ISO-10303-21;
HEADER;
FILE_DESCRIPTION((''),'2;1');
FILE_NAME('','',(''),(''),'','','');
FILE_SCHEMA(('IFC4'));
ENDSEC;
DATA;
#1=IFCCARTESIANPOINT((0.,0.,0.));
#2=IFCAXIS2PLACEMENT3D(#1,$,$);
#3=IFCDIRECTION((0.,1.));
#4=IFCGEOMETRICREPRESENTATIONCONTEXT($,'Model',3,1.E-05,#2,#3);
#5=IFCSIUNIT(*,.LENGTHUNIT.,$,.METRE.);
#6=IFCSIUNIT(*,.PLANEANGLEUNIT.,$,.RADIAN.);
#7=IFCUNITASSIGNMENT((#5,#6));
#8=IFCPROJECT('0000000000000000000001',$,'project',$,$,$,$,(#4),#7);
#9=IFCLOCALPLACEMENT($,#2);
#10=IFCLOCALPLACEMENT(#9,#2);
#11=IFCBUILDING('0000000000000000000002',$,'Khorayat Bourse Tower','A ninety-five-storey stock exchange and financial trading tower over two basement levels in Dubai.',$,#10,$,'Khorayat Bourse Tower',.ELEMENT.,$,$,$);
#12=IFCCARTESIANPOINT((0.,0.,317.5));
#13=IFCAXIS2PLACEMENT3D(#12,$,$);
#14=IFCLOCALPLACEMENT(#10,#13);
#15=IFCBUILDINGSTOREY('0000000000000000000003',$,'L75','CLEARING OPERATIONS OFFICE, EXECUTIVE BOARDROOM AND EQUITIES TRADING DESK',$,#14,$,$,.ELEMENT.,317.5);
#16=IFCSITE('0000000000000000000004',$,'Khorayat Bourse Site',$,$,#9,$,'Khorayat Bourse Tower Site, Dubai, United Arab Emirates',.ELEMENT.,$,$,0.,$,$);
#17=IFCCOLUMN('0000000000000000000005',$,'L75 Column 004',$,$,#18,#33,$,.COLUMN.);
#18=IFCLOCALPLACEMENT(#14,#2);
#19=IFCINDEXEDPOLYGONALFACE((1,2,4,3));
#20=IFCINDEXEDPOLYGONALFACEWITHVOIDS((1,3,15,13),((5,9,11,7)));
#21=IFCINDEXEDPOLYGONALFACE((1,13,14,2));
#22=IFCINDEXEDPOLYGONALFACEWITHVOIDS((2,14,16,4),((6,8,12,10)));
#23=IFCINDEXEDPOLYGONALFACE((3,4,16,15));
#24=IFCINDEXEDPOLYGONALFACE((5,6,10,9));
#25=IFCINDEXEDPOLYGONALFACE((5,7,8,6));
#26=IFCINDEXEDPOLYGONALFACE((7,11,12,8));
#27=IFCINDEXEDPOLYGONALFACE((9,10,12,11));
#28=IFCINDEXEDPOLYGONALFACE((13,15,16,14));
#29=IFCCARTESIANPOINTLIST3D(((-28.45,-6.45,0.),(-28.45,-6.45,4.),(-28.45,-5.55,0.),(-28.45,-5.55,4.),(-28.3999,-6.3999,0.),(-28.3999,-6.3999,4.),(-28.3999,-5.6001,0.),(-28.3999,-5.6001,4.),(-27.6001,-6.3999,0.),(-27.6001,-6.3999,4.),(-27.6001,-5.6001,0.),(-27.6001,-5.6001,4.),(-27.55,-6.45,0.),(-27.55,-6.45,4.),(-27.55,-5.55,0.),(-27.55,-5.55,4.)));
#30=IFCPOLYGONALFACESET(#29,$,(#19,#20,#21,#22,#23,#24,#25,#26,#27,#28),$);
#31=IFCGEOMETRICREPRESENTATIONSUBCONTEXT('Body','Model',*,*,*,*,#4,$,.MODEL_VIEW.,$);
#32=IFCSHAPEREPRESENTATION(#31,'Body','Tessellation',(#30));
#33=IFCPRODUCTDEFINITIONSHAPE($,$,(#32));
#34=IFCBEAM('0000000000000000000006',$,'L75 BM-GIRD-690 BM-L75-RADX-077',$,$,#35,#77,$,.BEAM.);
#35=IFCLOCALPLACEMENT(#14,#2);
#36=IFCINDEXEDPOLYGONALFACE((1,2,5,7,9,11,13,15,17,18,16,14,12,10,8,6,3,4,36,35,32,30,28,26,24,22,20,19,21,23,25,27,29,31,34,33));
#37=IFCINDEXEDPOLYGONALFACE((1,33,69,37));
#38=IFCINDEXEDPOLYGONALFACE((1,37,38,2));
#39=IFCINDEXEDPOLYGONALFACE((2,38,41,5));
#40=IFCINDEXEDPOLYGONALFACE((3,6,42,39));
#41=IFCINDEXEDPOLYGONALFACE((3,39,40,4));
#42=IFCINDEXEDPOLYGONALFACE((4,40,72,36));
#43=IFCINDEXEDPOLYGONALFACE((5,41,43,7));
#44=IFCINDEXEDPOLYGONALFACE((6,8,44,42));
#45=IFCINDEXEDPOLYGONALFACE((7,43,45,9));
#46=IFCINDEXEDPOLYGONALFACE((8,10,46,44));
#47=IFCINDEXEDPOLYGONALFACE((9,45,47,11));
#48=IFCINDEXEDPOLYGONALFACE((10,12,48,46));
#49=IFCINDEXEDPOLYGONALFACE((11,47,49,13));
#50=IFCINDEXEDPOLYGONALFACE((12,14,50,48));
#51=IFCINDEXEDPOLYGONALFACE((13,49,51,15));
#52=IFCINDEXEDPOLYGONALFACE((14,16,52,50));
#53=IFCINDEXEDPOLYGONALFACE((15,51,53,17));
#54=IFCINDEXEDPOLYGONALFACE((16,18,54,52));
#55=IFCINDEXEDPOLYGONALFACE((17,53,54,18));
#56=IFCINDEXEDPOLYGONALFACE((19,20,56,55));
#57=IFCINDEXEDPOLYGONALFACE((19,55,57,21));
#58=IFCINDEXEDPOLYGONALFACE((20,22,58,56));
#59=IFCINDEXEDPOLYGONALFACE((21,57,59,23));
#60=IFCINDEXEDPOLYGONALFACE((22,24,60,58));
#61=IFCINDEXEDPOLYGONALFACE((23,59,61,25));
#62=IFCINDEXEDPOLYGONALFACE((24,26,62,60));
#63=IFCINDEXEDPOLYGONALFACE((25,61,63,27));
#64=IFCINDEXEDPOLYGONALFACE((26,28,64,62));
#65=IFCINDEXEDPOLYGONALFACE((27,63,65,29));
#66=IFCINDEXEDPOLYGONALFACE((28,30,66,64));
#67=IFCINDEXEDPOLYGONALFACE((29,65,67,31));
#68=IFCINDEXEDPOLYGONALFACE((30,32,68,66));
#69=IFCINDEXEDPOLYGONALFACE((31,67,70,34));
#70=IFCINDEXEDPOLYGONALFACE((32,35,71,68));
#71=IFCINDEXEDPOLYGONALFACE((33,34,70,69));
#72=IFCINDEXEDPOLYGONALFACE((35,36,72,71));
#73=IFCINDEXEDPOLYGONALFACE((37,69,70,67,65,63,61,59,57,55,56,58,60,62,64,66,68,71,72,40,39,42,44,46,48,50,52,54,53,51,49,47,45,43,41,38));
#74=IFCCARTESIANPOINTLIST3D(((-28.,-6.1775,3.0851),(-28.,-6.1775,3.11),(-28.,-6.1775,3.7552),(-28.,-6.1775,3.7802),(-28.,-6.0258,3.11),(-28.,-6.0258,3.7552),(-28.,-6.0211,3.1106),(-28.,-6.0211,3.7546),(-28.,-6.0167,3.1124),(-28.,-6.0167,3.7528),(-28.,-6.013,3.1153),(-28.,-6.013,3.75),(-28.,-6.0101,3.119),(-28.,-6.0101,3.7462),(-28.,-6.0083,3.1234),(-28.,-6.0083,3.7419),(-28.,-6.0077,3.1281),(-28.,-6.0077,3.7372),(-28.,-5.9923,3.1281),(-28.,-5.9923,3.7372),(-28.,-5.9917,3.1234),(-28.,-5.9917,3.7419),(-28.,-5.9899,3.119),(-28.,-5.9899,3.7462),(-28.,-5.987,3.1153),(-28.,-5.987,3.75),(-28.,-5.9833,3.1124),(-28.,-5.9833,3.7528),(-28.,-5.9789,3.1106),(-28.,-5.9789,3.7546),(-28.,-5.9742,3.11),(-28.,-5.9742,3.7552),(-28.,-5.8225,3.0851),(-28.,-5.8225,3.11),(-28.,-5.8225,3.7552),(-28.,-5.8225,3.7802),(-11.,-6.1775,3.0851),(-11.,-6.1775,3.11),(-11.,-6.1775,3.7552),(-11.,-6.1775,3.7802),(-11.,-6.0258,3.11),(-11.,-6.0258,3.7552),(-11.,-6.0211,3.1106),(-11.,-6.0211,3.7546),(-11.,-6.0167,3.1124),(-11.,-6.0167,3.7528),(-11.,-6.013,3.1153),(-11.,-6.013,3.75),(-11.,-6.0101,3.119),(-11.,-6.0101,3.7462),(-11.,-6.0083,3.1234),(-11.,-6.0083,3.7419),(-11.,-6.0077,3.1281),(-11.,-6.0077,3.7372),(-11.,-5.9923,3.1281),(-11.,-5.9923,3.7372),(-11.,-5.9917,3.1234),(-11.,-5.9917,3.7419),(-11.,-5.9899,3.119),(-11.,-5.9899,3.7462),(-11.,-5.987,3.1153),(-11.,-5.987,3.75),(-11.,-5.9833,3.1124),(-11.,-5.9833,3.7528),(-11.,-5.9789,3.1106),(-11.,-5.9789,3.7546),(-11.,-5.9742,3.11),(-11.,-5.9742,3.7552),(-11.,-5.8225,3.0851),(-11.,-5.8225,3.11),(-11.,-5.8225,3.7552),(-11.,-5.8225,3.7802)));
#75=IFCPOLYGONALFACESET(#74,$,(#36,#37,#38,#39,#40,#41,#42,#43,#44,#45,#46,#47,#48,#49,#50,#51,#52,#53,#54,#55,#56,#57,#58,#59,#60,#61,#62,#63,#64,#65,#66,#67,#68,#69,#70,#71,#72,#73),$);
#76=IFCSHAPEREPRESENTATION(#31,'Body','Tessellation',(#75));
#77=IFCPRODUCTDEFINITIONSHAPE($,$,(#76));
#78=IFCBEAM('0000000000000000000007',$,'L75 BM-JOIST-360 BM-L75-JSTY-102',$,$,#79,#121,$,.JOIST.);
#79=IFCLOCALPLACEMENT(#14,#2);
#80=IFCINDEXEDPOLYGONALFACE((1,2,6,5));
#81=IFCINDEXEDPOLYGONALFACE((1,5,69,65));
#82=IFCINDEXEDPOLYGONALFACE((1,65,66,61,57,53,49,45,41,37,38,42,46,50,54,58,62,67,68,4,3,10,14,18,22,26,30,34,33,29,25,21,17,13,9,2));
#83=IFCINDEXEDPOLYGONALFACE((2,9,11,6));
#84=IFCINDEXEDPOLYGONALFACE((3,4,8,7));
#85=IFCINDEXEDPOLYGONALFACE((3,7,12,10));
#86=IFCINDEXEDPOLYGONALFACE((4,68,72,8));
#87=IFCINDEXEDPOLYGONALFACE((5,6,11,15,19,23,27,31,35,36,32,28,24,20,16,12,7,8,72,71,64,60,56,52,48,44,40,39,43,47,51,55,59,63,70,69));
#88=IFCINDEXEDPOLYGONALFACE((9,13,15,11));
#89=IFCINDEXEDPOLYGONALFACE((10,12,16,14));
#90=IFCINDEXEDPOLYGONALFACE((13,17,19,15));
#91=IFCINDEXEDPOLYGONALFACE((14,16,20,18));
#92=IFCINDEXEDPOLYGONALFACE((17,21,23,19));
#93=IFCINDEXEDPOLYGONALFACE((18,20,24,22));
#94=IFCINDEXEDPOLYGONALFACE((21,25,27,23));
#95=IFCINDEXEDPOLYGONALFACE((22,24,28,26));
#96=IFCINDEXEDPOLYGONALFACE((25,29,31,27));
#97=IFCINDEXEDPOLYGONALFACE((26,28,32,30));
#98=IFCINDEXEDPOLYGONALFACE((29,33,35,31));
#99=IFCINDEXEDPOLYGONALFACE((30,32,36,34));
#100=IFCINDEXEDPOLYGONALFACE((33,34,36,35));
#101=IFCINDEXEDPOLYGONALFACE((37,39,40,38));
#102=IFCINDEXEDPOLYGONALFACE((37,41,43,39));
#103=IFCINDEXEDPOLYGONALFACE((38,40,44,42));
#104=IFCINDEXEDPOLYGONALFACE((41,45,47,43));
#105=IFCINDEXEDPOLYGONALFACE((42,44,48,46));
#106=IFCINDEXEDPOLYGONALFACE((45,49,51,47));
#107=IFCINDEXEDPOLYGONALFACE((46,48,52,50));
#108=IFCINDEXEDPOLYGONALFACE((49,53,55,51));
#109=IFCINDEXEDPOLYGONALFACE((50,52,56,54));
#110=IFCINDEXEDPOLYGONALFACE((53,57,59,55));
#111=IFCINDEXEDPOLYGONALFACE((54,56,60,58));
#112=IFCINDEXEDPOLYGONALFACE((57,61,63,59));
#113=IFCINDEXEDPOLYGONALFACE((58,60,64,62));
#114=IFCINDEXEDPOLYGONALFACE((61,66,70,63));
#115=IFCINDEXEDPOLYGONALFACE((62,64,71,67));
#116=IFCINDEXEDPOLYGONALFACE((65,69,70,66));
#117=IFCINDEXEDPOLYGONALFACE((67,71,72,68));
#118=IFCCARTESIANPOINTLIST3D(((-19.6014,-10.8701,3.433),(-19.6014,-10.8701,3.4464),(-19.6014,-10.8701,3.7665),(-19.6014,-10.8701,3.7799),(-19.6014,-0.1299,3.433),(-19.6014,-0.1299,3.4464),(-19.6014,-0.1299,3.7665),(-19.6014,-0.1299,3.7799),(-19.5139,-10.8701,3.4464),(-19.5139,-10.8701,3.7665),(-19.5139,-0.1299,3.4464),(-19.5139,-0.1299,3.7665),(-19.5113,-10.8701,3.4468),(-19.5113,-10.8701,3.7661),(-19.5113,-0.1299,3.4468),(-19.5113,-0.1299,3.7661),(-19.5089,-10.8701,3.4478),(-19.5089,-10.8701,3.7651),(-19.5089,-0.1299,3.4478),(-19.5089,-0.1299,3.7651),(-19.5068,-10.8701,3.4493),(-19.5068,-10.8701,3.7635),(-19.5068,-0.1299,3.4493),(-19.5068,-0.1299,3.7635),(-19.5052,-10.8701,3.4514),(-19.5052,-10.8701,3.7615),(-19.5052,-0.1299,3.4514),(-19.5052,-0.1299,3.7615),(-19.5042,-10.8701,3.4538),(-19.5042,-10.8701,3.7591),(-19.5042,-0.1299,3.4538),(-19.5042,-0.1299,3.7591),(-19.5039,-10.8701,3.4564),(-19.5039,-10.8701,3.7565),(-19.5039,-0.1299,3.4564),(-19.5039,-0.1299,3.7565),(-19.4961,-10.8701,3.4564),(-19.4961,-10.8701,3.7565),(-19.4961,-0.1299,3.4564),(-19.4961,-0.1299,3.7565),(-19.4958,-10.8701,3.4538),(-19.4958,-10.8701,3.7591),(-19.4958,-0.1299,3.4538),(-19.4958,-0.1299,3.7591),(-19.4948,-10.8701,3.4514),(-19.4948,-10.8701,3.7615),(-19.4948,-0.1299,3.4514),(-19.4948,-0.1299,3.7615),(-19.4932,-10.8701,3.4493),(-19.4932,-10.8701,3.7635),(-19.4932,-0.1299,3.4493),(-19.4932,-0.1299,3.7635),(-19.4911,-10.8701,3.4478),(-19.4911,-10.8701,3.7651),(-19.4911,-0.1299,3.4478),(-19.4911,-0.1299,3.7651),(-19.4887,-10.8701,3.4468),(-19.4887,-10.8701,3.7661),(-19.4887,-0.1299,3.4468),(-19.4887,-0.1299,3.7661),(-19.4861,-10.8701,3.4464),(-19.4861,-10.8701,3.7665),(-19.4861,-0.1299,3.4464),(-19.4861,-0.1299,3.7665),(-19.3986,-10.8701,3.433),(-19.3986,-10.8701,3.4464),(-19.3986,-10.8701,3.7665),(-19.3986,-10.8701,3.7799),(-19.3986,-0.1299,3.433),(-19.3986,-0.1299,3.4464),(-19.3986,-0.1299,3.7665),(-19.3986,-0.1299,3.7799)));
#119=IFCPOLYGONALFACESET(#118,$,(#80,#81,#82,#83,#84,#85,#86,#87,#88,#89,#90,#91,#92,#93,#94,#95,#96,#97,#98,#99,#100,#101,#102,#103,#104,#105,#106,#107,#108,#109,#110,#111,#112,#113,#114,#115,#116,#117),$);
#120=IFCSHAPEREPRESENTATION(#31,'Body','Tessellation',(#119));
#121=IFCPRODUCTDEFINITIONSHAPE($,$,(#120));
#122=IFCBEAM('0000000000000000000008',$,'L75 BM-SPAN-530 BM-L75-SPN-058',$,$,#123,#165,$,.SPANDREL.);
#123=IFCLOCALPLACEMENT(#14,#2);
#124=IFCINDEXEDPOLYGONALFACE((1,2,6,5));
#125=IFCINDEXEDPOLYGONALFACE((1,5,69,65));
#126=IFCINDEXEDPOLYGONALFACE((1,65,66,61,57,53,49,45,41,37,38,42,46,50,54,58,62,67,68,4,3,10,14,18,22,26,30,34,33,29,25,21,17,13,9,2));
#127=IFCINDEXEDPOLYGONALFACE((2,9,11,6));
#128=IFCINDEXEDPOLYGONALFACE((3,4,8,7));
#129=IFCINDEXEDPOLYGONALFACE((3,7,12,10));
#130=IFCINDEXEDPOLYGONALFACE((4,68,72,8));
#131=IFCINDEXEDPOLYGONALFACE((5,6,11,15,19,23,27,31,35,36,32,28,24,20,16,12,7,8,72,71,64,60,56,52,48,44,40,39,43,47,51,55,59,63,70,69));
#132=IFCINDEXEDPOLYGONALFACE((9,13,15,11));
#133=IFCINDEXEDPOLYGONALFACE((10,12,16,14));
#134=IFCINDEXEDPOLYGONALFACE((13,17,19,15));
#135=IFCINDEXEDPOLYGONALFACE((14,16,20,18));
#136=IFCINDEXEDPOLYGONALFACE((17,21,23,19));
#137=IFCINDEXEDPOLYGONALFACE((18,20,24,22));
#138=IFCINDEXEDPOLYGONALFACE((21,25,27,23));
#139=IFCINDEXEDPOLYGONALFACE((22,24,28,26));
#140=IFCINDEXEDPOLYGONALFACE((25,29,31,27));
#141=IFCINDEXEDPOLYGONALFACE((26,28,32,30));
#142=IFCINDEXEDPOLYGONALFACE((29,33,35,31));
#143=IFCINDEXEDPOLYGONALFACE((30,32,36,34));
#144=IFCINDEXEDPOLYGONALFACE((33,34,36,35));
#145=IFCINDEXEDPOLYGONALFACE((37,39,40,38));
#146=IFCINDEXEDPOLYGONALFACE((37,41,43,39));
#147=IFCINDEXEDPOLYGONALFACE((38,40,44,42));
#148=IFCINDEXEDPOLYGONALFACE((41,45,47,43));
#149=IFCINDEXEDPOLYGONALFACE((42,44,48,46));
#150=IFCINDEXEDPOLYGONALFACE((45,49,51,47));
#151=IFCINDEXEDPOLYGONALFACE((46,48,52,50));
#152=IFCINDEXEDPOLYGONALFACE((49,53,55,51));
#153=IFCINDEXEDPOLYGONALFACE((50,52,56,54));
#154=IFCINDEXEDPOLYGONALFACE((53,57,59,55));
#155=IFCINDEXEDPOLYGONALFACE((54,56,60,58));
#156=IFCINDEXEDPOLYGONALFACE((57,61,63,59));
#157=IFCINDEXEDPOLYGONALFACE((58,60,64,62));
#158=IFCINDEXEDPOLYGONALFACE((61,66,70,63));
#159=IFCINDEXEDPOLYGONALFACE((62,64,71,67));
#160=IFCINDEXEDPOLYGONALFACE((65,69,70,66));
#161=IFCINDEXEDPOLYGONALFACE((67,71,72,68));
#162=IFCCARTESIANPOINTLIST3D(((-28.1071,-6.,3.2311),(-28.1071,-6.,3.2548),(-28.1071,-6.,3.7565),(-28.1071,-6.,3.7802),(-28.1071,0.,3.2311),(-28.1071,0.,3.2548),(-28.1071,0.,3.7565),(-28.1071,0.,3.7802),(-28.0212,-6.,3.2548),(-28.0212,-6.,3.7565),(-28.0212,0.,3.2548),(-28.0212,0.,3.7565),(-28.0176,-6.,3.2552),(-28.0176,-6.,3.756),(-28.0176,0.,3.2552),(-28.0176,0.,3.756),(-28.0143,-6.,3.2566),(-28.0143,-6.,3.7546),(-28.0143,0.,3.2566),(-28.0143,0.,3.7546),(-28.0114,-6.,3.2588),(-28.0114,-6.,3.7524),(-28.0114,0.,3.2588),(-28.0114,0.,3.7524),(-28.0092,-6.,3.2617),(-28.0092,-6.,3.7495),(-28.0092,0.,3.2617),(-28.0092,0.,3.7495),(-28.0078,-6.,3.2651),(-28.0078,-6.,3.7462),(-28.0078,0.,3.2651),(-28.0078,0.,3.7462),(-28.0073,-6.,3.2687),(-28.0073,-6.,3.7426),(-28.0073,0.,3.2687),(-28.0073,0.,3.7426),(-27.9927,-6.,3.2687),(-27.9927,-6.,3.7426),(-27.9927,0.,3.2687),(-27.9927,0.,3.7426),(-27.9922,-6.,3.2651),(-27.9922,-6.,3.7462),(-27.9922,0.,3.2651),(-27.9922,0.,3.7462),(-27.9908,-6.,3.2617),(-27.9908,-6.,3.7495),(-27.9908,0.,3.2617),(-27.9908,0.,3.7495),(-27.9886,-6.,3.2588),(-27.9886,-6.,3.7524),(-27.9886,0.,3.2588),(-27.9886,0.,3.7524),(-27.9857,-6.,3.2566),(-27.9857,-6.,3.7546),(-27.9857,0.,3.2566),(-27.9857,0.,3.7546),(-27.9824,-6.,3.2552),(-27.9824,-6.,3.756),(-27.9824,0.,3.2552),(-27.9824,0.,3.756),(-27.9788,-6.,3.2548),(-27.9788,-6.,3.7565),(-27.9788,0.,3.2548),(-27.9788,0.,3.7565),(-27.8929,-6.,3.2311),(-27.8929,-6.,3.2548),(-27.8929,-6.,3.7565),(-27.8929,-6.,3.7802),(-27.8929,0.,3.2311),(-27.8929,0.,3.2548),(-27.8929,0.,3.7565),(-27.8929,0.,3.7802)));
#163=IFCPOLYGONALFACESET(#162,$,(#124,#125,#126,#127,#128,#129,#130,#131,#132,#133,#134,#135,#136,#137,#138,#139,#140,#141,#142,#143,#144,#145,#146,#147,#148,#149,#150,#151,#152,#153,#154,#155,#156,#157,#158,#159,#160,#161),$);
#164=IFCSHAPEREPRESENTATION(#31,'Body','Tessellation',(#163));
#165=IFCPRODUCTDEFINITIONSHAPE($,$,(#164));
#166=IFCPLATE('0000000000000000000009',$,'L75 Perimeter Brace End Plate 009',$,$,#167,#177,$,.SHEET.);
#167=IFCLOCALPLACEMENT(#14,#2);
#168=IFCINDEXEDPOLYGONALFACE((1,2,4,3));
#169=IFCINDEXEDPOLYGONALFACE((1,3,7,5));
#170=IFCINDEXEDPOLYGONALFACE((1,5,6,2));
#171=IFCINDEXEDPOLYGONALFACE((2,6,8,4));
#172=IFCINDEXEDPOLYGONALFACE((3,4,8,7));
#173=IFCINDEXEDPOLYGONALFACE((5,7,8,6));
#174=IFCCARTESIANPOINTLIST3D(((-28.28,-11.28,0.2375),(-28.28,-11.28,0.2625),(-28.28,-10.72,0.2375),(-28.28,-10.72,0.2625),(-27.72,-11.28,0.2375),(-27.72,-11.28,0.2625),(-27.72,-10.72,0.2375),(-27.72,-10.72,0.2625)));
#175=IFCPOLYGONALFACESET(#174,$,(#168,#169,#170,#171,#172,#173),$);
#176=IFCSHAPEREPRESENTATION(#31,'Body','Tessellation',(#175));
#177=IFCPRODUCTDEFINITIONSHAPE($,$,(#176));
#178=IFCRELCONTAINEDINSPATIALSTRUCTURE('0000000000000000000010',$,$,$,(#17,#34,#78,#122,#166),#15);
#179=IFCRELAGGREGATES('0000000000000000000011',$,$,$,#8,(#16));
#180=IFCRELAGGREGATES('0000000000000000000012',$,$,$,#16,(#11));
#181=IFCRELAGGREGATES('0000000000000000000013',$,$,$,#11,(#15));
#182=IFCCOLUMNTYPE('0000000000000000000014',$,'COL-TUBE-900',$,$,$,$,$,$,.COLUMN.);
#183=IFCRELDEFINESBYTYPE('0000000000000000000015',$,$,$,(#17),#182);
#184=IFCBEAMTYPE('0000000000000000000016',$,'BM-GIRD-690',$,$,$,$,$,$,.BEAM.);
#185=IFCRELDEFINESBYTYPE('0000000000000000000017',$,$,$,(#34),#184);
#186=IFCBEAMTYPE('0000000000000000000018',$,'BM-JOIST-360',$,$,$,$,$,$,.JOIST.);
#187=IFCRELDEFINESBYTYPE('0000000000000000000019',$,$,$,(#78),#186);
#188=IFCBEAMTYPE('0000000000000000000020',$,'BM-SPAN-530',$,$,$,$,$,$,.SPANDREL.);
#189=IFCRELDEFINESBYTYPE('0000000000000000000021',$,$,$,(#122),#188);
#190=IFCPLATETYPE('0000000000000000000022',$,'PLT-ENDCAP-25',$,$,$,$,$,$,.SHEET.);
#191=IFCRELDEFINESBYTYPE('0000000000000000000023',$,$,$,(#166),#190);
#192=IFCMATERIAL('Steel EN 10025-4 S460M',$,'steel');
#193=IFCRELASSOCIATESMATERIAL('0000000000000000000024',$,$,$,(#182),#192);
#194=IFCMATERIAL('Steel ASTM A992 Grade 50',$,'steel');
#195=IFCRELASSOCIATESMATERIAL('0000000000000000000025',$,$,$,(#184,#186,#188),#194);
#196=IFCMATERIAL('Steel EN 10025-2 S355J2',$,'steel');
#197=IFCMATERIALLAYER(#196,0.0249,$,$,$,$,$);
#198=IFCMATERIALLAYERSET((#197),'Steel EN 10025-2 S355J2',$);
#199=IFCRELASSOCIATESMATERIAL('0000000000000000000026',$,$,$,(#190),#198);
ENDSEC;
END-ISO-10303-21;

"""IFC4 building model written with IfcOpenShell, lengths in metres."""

from ifc_helpers import new_model, si_unit, direction, frame, origin, origin_2d, place, context, subcontext, project, spatial, rectangle, hollow_rectangle, i_section, extrude, source, transform, mapped, material, layer, layer_set, material_profile, profile_set, type_object, element, save


model = new_model("IFC4")

# Units and contexts
model_context = context("Model", 3, precision=1e-05, world=origin(), true_north=direction((0.0, 1.0)))
body_context = subcontext(model_context, "Body", "Model", "MODEL_VIEW")
ifc_project = project(units=[si_unit("LENGTHUNIT", "METRE"), si_unit("PLANEANGLEUNIT", "RADIAN")], contexts=[model_context])

# Site, building, storey
site_placement = place(None, origin())
site = spatial("IfcSite", under=ifc_project, at=site_placement, Name="Khorayat Bourse Site", LongName="Khorayat Bourse Tower Site, Dubai, United Arab Emirates", CompositionType="ELEMENT", RefElevation=0.0)
building_placement = place(site_placement, origin())
building = spatial("IfcBuilding", under=site, at=building_placement, Name="Khorayat Bourse Tower", Description="A ninety-five-storey stock exchange and financial trading tower over two basement levels in Dubai.", LongName="Khorayat Bourse Tower", CompositionType="ELEMENT")
storey_placement = place(building_placement, frame((0.0, 0.0, 317.5)))
storey = spatial("IfcBuildingStorey", under=building, at=storey_placement, Name="L75", Description="CLEARING OPERATIONS OFFICE, EXECUTIVE BOARDROOM AND EQUITIES TRADING DESK", CompositionType="ELEMENT", Elevation=317.5)

# Column
ifc_material_1 = material(Name="Steel EN 10025-4 S460M", Category="steel")
ifc_material_profile_1 = material_profile(ifc_material_1, hollow_rectangle(XDim=0.8999, YDim=0.8999, WallThickness=0.05, at=origin_2d()), Name="BOX 900x900x50")
ifc_profile_set_1 = profile_set([ifc_material_profile_1], Name="Steel EN 10025-4 S460M")
column_type = type_object("IfcColumnType", Name="COL-TUBE-900", PredefinedType="COLUMN", material=ifc_profile_set_1)
shared_shape_1 = source(origin(), body_context, "Body", "SweptSolid", [
    extrude(hollow_rectangle(XDim=0.8999, YDim=0.8999, WallThickness=0.05, at=origin_2d()), origin(), (0.0, 0.0, 1.0), 4.0),
])
column_placement = place(storey_placement, frame((-28.0, -6.0, 0.0), z_axis=(0.0, 0.0, 1.0), x_axis=(1.0, 0.0, 0.0)))
element("IfcColumn", 1, at=column_placement, inside=storey, type_object=column_type, Name="L75 Column 004", PredefinedType="COLUMN", context=body_context, shape_type="MappedRepresentation", body=[
    mapped(shared_shape_1, transform((0.0, 0.0, 0.0), scale=1.0)),
])

# Beams
ifc_material_2 = material(Name="Steel ASTM A992 Grade 50", Category="steel")
ifc_material_profile_2 = material_profile(ifc_material_2, i_section(OverallWidth=0.355, OverallDepth=0.6951, WebThickness=0.0154, FlangeThickness=0.0249, FilletRadius=0.0181, at=origin_2d()), Name="W690X217")
ifc_profile_set_2 = profile_set([ifc_material_profile_2], Name="Steel ASTM A992 Grade 50")
beam_type_1 = type_object("IfcBeamType", Name="BM-GIRD-690", PredefinedType="BEAM", material=ifc_profile_set_2)
shared_shape_2 = source(origin(), body_context, "Body", "SweptSolid", [
    extrude(i_section(OverallWidth=0.355, OverallDepth=0.6951, WebThickness=0.0154, FlangeThickness=0.0249, FilletRadius=0.0181, at=origin_2d()), origin(), (0.0, 0.0, 1.0), 17.0),
])
beam_1_placement = place(storey_placement, frame((-28.0, -6.0, 3.4326), z_axis=(1.0, 0.0, 0.0), x_axis=(0.0, 1.0, 0.0)))
element("IfcBeam", 2, at=beam_1_placement, inside=storey, type_object=beam_type_1, Name="L75 BM-GIRD-690 BM-L75-RADX-077", PredefinedType="BEAM", context=body_context, shape_type="MappedRepresentation", body=[
    mapped(shared_shape_2, transform((0.0, 0.0, 0.0), scale=1.0)),
])
ifc_material_profile_3 = material_profile(ifc_material_2, i_section(OverallWidth=0.2029, OverallDepth=0.3469, WebThickness=0.0078, FlangeThickness=0.0134, FilletRadius=0.01, at=origin_2d()), Name="W360X64")
ifc_profile_set_3 = profile_set([ifc_material_profile_3], Name="Steel ASTM A992 Grade 50")
beam_type_2 = type_object("IfcBeamType", Name="BM-JOIST-360", PredefinedType="JOIST", material=ifc_profile_set_3)
shared_shape_3 = source(origin(), body_context, "Body", "SweptSolid", [
    extrude(i_section(OverallWidth=0.2029, OverallDepth=0.3469, WebThickness=0.0078, FlangeThickness=0.0134, FilletRadius=0.01, at=origin_2d()), origin(), (0.0, 0.0, 1.0), 10.7402),
])
beam_2_placement = place(storey_placement, frame((-19.5, -10.8701, 3.6064), z_axis=(0.0, 1.0, 0.0), x_axis=(-1.0, 0.0, 0.0)))
element("IfcBeam", 3, at=beam_2_placement, inside=storey, type_object=beam_type_2, Name="L75 BM-JOIST-360 BM-L75-JSTY-102", PredefinedType="JOIST", context=body_context, shape_type="MappedRepresentation", body=[
    mapped(shared_shape_3, transform((0.0, 0.0, 0.0), scale=1.0)),
])
ifc_material_profile_4 = material_profile(ifc_material_2, i_section(OverallWidth=0.2141, OverallDepth=0.5491, WebThickness=0.0146, FlangeThickness=0.0237, FilletRadius=0.0139, at=origin_2d()), Name="W530X138")
ifc_profile_set_4 = profile_set([ifc_material_profile_4], Name="Steel ASTM A992 Grade 50")
beam_type_3 = type_object("IfcBeamType", Name="BM-SPAN-530", PredefinedType="SPANDREL", material=ifc_profile_set_4)
shared_shape_4 = source(origin(), body_context, "Body", "SweptSolid", [
    extrude(i_section(OverallWidth=0.2141, OverallDepth=0.5491, WebThickness=0.0146, FlangeThickness=0.0237, FilletRadius=0.0139, at=origin_2d()), origin(), (0.0, 0.0, 1.0), 6.0),
])
beam_3_placement = place(storey_placement, frame((-28.0, -6.0, 3.5056), z_axis=(0.0, 1.0, 0.0), x_axis=(-1.0, 0.0, 0.0)))
element("IfcBeam", 4, at=beam_3_placement, inside=storey, type_object=beam_type_3, Name="L75 BM-SPAN-530 BM-L75-SPN-058", PredefinedType="SPANDREL", context=body_context, shape_type="MappedRepresentation", body=[
    mapped(shared_shape_4, transform((0.0, 0.0, 0.0), scale=1.0)),
])

# Plate
ifc_material_3 = material(Name="Steel EN 10025-2 S355J2", Category="steel")
ifc_layer_1 = layer(ifc_material_3, 0.0249)
ifc_layer_set_1 = layer_set([ifc_layer_1], Name="Steel EN 10025-2 S355J2")
plate_type_1 = type_object("IfcPlateType", Name="PLT-ENDCAP-25", PredefinedType="SHEET", material=ifc_layer_set_1)
shared_shape_5 = source(origin(), body_context, "Body", "SweptSolid", [
    extrude(rectangle(XDim=0.5601, YDim=0.5601, at=origin_2d()), origin(), (0.0, 0.0, 1.0), 0.0249),
])
for number, where, z_axis, x_axis, name in (
    (5, (-28.0, -11.0, 0.2375), (0.0, 0.0, 1.0), (1.0, 0.0, 0.0), "L75 Perimeter Brace End Plate 009"),
):
    element("IfcPlate", number, at=place(storey_placement, frame(where, z_axis=z_axis, x_axis=x_axis)), inside=storey, type_object=plate_type_1, Name=name, PredefinedType="SHEET", context=body_context, shape_type="MappedRepresentation", body=[
        mapped(shared_shape_5, transform((0.0, 0.0, 0.0), scale=1.0)),
    ])

save(model, "model.ifc")
